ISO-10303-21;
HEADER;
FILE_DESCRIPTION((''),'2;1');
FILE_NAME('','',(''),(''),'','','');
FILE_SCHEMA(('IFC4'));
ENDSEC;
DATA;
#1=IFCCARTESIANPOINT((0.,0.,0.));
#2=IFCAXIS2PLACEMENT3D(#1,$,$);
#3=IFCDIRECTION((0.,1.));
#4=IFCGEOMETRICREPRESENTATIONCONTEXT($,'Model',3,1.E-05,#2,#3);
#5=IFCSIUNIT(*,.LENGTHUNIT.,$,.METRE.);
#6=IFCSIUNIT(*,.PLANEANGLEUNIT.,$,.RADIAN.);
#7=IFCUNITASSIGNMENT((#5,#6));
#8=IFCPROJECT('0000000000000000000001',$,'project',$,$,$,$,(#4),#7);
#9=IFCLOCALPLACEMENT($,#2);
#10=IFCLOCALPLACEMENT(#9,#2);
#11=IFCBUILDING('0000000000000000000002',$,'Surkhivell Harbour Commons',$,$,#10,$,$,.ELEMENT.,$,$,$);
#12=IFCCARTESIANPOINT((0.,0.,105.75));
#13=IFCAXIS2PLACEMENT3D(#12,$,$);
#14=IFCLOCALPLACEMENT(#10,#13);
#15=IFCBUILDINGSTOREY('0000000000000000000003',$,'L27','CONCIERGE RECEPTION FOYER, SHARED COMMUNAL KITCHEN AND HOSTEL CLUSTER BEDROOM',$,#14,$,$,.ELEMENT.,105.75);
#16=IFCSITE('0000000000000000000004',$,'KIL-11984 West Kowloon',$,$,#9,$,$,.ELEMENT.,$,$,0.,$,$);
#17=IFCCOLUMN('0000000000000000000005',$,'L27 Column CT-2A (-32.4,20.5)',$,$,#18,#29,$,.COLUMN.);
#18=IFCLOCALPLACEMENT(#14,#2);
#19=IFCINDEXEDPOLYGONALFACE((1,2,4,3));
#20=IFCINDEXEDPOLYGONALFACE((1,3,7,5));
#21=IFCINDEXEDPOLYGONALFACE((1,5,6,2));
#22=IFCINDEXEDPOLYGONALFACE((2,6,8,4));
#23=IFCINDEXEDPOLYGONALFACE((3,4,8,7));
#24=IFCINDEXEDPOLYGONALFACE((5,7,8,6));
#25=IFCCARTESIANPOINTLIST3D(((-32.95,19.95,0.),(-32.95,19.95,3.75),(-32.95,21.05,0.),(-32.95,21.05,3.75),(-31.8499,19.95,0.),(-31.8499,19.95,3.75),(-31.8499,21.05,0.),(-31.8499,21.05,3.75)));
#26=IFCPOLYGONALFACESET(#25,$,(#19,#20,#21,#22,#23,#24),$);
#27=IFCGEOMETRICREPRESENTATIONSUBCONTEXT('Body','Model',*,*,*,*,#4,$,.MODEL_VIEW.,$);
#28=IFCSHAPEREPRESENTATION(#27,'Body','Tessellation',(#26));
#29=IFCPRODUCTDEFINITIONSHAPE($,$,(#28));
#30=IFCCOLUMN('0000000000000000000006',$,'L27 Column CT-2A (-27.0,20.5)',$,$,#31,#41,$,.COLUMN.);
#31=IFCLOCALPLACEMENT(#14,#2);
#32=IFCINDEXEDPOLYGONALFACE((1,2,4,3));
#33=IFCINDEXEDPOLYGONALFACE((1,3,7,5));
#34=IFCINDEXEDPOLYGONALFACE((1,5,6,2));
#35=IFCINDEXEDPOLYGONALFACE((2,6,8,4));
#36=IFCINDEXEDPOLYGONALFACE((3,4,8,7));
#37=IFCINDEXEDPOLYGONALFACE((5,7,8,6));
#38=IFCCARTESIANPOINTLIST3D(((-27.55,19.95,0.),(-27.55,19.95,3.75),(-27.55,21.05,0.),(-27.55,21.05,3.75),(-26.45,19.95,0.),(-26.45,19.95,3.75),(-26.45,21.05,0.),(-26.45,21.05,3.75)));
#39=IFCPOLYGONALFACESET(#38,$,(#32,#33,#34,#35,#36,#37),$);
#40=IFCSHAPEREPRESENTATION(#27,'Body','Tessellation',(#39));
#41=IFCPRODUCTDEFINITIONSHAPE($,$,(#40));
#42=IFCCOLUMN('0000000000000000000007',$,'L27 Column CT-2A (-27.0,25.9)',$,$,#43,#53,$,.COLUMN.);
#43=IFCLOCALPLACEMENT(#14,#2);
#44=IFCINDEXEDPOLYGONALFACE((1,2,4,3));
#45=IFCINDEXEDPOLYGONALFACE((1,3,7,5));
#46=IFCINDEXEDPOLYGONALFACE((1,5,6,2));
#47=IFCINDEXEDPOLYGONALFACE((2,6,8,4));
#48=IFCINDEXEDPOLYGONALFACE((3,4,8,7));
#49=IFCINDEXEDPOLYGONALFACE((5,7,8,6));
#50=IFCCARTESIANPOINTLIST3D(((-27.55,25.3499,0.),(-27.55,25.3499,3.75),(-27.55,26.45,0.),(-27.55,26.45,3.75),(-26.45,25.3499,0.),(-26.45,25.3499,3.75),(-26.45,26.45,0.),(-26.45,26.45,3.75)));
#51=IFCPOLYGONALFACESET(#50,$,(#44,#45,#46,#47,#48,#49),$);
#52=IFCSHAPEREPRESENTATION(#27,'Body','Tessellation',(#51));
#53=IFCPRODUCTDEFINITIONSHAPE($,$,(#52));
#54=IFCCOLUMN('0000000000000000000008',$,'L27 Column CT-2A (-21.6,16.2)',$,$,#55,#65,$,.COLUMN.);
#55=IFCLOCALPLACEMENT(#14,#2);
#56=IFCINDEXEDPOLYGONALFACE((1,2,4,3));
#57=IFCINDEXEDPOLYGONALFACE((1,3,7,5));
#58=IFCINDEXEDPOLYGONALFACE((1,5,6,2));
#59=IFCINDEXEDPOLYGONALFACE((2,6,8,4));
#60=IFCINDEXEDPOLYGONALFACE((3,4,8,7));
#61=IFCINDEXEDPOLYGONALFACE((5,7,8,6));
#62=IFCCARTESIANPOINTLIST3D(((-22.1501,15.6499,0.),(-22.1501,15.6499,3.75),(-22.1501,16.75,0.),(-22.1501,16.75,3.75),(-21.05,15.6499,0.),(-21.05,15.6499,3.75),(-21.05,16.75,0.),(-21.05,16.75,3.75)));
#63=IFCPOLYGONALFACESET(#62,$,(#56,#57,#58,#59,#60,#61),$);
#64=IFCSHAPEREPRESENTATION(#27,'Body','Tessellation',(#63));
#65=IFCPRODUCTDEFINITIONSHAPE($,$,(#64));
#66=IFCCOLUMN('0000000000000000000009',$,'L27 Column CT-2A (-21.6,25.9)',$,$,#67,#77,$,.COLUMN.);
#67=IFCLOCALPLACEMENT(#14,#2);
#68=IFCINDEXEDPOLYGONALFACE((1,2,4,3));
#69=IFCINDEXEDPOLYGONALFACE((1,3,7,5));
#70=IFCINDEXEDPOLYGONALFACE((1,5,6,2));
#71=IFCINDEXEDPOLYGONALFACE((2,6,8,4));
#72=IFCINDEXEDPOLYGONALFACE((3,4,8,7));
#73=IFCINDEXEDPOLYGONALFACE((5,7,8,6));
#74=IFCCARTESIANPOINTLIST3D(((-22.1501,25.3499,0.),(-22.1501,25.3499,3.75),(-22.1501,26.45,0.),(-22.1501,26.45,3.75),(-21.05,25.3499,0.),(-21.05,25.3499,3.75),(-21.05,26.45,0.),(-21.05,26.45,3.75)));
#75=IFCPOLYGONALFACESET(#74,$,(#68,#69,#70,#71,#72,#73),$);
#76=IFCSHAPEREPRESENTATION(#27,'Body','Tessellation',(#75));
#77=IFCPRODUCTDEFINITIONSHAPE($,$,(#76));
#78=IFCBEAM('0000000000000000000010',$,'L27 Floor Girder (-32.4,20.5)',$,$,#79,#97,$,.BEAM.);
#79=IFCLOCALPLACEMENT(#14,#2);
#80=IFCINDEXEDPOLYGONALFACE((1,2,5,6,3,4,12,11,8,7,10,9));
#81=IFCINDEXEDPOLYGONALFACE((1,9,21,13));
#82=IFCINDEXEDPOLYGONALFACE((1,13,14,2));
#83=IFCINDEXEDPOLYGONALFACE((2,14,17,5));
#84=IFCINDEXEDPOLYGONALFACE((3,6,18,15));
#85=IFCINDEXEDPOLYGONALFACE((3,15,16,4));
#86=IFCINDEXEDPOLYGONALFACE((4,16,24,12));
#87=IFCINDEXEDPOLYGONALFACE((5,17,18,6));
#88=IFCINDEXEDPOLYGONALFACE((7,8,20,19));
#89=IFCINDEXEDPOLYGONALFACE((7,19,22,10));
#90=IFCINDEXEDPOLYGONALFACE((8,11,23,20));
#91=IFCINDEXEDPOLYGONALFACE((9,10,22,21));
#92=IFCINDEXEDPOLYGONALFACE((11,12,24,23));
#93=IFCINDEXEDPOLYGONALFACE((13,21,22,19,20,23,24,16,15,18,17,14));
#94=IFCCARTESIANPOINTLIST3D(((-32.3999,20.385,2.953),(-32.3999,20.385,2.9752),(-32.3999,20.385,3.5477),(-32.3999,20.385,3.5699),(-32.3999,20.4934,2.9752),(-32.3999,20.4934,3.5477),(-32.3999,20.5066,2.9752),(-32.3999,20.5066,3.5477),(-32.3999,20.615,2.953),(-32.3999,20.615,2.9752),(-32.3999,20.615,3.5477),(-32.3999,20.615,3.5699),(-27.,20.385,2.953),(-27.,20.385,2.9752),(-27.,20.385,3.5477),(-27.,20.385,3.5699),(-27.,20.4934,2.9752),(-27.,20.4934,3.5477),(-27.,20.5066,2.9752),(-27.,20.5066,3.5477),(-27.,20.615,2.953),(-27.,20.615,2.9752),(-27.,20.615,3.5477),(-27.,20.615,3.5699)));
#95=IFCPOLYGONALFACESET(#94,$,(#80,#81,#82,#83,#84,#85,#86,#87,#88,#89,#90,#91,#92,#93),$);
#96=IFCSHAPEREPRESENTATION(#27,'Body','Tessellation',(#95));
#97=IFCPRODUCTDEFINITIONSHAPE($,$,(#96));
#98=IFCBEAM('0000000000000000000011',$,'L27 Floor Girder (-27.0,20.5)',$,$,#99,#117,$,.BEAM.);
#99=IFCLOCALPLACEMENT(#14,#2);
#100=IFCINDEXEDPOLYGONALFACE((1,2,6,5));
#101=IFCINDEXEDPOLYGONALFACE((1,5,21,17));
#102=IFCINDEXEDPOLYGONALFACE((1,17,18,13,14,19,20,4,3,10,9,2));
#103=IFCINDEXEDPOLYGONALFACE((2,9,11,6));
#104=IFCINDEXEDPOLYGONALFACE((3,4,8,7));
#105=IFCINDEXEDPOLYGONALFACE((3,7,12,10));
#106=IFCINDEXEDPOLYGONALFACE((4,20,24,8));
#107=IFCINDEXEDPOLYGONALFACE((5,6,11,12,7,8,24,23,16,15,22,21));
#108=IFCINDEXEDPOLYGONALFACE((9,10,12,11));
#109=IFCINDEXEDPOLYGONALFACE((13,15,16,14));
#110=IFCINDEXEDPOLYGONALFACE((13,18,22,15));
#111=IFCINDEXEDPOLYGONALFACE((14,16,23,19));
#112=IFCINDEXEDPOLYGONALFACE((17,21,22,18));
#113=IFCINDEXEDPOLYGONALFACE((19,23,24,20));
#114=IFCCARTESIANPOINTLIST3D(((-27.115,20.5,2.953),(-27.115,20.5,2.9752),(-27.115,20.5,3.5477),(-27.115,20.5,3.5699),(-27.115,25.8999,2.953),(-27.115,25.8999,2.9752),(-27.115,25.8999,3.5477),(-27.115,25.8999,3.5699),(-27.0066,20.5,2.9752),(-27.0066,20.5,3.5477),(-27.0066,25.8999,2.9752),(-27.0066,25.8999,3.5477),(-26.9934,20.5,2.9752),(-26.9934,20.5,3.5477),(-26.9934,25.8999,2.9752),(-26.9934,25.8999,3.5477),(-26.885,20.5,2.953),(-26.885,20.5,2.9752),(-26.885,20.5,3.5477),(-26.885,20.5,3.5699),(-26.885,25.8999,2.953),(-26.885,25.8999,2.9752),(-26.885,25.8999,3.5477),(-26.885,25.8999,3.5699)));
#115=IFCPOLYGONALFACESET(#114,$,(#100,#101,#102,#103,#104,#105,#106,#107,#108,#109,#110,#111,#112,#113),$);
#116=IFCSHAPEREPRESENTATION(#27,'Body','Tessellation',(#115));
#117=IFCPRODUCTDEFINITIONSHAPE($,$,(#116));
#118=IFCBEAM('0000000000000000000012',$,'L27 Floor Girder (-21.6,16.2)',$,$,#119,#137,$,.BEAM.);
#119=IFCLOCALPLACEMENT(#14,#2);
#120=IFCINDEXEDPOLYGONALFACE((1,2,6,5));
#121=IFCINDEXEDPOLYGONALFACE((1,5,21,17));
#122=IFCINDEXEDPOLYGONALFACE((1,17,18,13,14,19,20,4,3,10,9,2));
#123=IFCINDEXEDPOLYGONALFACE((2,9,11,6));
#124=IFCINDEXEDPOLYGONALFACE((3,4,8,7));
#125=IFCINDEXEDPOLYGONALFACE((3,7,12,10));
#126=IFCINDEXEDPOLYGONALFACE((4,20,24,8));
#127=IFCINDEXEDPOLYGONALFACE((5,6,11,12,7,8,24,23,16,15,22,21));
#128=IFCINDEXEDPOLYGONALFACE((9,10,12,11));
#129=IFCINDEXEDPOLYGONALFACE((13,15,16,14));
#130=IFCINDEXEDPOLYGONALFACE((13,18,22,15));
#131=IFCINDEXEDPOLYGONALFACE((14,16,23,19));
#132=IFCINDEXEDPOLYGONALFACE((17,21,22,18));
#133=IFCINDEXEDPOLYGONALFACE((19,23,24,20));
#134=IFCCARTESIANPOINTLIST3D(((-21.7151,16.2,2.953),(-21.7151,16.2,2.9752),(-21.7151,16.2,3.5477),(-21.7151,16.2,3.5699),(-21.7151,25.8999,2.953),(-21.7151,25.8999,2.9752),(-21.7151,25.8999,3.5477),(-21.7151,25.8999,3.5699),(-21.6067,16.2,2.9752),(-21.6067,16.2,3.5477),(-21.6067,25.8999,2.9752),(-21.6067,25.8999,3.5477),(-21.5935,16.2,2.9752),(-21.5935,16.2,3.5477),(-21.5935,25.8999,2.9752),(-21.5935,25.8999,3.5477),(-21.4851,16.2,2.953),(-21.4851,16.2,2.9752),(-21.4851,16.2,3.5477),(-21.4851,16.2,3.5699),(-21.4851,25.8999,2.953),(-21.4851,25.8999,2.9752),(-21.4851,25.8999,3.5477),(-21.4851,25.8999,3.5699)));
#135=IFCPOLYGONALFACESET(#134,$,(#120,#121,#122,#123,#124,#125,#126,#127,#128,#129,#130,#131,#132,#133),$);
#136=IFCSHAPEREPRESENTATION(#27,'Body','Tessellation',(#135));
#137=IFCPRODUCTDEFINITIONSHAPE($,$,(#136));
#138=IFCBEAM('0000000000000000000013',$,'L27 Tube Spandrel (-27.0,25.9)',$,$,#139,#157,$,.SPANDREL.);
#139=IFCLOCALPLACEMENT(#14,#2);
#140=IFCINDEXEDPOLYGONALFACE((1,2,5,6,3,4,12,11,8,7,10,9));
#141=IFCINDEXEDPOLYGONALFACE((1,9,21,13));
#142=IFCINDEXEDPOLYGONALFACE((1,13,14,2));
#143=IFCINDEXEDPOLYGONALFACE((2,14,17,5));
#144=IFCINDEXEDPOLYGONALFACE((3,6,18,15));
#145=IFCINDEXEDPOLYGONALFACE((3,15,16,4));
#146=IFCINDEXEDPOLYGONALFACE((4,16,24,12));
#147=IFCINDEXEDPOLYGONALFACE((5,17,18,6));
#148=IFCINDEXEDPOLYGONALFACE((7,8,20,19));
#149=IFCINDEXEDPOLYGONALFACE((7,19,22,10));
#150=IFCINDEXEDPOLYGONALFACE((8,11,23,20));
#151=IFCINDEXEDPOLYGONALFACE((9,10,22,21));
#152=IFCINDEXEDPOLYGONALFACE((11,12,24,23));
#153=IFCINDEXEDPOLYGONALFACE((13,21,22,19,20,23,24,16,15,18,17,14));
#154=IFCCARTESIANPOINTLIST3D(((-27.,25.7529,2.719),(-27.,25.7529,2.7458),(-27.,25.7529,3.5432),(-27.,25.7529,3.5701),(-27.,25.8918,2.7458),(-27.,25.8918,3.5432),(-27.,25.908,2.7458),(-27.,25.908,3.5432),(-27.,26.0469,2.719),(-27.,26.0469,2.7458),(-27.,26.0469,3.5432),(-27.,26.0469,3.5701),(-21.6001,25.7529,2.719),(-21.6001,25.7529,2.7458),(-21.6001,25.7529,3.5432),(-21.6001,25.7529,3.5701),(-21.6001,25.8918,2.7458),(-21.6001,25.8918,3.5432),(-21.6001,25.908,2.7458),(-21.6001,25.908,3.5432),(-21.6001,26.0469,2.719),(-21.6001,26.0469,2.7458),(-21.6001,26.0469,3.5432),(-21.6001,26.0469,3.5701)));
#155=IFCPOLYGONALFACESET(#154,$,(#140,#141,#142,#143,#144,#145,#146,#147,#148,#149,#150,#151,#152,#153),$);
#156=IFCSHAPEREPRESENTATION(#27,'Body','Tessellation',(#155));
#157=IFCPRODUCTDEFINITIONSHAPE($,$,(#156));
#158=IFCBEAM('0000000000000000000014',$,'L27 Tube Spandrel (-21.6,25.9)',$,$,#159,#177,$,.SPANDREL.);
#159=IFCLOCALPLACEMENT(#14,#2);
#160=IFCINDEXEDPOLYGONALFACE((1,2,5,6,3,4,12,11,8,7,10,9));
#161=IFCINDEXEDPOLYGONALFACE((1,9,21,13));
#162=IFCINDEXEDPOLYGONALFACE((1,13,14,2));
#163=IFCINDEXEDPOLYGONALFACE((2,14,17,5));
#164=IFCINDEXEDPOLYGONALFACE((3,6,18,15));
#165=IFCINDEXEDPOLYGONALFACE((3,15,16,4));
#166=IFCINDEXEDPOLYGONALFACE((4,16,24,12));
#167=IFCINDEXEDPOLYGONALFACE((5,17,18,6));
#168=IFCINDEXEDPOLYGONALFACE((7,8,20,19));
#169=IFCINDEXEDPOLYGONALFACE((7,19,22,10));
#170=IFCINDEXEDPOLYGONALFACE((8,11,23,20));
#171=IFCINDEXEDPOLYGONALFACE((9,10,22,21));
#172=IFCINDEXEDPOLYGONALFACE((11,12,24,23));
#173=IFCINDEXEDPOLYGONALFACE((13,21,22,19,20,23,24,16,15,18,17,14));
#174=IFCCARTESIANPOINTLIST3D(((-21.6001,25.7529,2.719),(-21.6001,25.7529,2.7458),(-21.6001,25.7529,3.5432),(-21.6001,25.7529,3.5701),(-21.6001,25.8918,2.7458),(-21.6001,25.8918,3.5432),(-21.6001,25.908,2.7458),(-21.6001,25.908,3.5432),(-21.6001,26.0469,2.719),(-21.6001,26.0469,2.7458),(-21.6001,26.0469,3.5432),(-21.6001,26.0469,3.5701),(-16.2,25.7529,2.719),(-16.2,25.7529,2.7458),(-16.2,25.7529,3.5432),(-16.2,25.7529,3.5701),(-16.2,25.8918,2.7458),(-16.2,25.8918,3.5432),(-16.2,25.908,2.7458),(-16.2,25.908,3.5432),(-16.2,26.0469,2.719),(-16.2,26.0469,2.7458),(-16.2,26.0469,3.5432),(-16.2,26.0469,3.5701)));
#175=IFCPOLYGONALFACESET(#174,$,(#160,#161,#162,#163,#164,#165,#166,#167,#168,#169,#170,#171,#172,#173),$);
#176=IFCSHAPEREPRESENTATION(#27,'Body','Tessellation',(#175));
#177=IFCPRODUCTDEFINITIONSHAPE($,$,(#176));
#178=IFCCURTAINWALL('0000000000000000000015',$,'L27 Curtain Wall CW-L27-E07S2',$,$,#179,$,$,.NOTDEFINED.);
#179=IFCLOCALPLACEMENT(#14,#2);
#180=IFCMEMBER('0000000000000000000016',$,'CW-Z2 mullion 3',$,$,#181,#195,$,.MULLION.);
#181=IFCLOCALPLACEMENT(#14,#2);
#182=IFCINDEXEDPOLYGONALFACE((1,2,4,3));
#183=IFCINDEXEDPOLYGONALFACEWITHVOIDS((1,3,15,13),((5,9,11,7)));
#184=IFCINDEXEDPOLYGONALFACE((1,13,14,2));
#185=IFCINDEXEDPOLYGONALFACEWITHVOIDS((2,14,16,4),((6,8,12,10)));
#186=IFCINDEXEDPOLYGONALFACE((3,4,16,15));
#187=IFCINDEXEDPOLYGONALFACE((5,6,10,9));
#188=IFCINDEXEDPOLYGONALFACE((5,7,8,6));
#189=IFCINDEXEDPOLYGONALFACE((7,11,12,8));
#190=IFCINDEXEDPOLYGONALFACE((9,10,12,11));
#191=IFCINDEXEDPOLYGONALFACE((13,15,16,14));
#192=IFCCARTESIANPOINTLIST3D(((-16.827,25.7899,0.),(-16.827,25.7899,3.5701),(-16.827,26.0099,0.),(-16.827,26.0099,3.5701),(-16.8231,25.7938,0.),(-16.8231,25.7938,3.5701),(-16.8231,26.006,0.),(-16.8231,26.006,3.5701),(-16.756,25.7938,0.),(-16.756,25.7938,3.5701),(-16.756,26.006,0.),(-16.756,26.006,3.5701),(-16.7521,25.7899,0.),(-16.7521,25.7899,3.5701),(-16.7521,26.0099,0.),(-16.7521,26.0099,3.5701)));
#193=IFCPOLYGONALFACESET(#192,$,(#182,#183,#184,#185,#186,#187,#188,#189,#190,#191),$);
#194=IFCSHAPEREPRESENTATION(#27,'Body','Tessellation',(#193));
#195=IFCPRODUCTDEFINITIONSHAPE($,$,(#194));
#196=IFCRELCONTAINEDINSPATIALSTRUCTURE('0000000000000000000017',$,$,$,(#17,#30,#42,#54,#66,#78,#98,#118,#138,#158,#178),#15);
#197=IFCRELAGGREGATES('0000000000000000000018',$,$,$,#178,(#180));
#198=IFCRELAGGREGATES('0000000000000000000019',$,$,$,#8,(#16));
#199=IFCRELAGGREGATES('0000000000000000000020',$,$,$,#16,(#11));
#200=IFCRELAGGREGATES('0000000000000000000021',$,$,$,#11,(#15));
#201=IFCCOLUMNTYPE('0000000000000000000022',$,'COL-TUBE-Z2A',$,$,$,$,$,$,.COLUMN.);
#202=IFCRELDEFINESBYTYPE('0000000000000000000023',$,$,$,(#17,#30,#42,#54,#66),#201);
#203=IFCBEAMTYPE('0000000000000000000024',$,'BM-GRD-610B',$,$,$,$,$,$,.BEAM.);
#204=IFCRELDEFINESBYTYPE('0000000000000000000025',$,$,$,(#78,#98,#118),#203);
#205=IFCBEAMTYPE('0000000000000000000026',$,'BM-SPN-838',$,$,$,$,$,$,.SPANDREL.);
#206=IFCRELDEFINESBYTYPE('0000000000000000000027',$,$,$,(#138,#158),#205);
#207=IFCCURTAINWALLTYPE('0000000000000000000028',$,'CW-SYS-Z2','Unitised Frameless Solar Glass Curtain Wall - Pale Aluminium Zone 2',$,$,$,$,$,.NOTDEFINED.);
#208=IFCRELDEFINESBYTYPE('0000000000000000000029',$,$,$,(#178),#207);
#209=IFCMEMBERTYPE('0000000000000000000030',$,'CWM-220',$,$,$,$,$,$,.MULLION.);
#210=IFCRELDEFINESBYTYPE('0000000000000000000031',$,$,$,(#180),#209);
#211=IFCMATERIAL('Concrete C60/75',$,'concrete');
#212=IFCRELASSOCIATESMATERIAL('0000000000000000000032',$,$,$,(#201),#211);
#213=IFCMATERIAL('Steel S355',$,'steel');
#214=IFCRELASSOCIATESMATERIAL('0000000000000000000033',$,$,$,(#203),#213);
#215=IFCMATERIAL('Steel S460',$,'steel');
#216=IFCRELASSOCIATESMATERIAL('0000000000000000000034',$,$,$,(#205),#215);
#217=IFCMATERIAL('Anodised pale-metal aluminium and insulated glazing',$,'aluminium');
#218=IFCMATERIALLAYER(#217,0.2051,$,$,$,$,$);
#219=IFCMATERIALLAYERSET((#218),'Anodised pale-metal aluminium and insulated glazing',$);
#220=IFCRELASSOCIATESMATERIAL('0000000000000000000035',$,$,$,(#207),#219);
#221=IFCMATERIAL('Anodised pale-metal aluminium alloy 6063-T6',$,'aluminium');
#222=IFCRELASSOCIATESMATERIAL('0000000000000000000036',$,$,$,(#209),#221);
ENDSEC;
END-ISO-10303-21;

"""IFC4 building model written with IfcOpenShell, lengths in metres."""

from ifc_helpers import new_model, si_unit, direction, frame, origin, origin_2d, place, context, subcontext, project, spatial, rectangle, hollow_rectangle, i_section, extrude, material, layer, layer_set, material_profile, profile_set, type_object, element, aggregate, save


model = new_model("IFC4")

# Units and contexts
model_context = context("Model", 3, precision=1e-05, world=origin(), true_north=direction((0.0, 1.0)))
body_context = subcontext(model_context, "Body", "Model", "MODEL_VIEW")
ifc_project = project(units=[si_unit("LENGTHUNIT", "METRE"), si_unit("PLANEANGLEUNIT", "RADIAN")], contexts=[model_context])

# Site, building, storey
site_placement = place(None, origin())
site = spatial("IfcSite", under=ifc_project, at=site_placement, Name="KIL-11984 West Kowloon", CompositionType="ELEMENT", RefElevation=0.0)
building_placement = place(site_placement, origin())
building = spatial("IfcBuilding", under=site, at=building_placement, Name="Surkhivell Harbour Commons", CompositionType="ELEMENT")
storey_placement = place(building_placement, frame((0.0, 0.0, 105.75)))
storey = spatial("IfcBuildingStorey", under=building, at=storey_placement, Name="L27", Description="CONCIERGE RECEPTION FOYER, SHARED COMMUNAL KITCHEN AND HOSTEL CLUSTER BEDROOM", CompositionType="ELEMENT", Elevation=105.75)

# Columns
ifc_material_1 = material(Name="Concrete C60/75", Category="concrete")
ifc_material_profile_1 = material_profile(ifc_material_1, rectangle(XDim=1.1001, YDim=1.1001, at=origin_2d()), Name="RC-COL-1100x1100")
ifc_profile_set_1 = profile_set([ifc_material_profile_1], Name="Concrete C60/75")
column_type = type_object("IfcColumnType", Name="COL-TUBE-Z2A", PredefinedType="COLUMN", material=ifc_profile_set_1)
for number, where, z_axis, x_axis, name in (
    (1, (-32.3999, 20.5, 0.0), (0.0, 0.0, 1.0), (1.0, 0.0, 0.0), "L27 Column CT-2A (-32.4,20.5)"),
    (2, (-27.0, 20.5, 0.0), (0.0, 0.0, 1.0), (1.0, 0.0, 0.0), "L27 Column CT-2A (-27.0,20.5)"),
    (3, (-27.0, 25.8999, 0.0), (0.0, 0.0, 1.0), (1.0, 0.0, 0.0), "L27 Column CT-2A (-27.0,25.9)"),
    (4, (-21.6001, 16.2, 0.0), (0.0, 0.0, 1.0), (1.0, 0.0, 0.0), "L27 Column CT-2A (-21.6,16.2)"),
    (5, (-21.6001, 25.8999, 0.0), (0.0, 0.0, 1.0), (1.0, 0.0, 0.0), "L27 Column CT-2A (-21.6,25.9)"),
):
    element("IfcColumn", number, at=place(storey_placement, frame(where, z_axis=z_axis, x_axis=x_axis)), inside=storey, type_object=column_type, Name=name, PredefinedType="COLUMN", context=body_context, shape_type="SweptSolid", body=[
        extrude(rectangle(XDim=1.1001, YDim=1.1001, at=origin_2d()), origin(), (0.0, 0.0, 1.0), 3.75),
    ])

# Beams
ifc_material_2 = material(Name="Steel S355", Category="steel")
ifc_material_profile_2 = material_profile(ifc_material_2, i_section(OverallWidth=0.23, OverallDepth=0.6169, WebThickness=0.0132, FlangeThickness=0.0222, at=origin_2d()), Name="UB610x229x140")
ifc_profile_set_2 = profile_set([ifc_material_profile_2], Name="Steel S355")
beam_type_1 = type_object("IfcBeamType", Name="BM-GRD-610B", PredefinedType="BEAM", material=ifc_profile_set_2)
for number, where, z_axis, x_axis, name in (
    (6, (-32.3999, 20.5, 3.2615), (1.0, 0.0, 0.0), (0.0, 1.0, 0.0), "L27 Floor Girder (-32.4,20.5)"),
    (7, (-27.0, 20.5, 3.2615), (0.0, 1.0, 0.0), (-1.0, 0.0, 0.0), "L27 Floor Girder (-27.0,20.5)"),
):
    element("IfcBeam", number, at=place(storey_placement, frame(where, z_axis=z_axis, x_axis=x_axis)), inside=storey, type_object=beam_type_1, Name=name, PredefinedType="BEAM", context=body_context, shape_type="SweptSolid", body=[
        extrude(i_section(OverallWidth=0.23, OverallDepth=0.6169, WebThickness=0.0132, FlangeThickness=0.0222, at=origin_2d()), origin(), (0.0, 0.0, 1.0), 5.3999),
    ])
beam_1_placement = place(storey_placement, frame((-21.6001, 16.2, 3.2615), z_axis=(0.0, 1.0, 0.0), x_axis=(-1.0, 0.0, 0.0)))
element("IfcBeam", 8, at=beam_1_placement, inside=storey, type_object=beam_type_1, Name="L27 Floor Girder (-21.6,16.2)", PredefinedType="BEAM", context=body_context, shape_type="SweptSolid", body=[
    extrude(i_section(OverallWidth=0.23, OverallDepth=0.6169, WebThickness=0.0132, FlangeThickness=0.0222, at=origin_2d()), origin(), (0.0, 0.0, 1.0), 9.7),
])
ifc_material_3 = material(Name="Steel S460", Category="steel")
ifc_material_profile_3 = material_profile(ifc_material_3, i_section(OverallWidth=0.2939, OverallDepth=0.8511, WebThickness=0.0161, FlangeThickness=0.0269, at=origin_2d()), Name="UB838x292x226")
ifc_profile_set_3 = profile_set([ifc_material_profile_3], Name="Steel S460")
beam_type_2 = type_object("IfcBeamType", Name="BM-SPN-838", PredefinedType="SPANDREL", material=ifc_profile_set_3)
beam_2_placement = place(storey_placement, frame((-27.0, 25.8999, 3.1445), z_axis=(1.0, 0.0, 0.0), x_axis=(0.0, 1.0, 0.0)))
element("IfcBeam", 9, at=beam_2_placement, inside=storey, type_object=beam_type_2, Name="L27 Tube Spandrel (-27.0,25.9)", PredefinedType="SPANDREL", context=body_context, shape_type="SweptSolid", body=[
    extrude(i_section(OverallWidth=0.2939, OverallDepth=0.8511, WebThickness=0.0161, FlangeThickness=0.0269, at=origin_2d()), origin(), (0.0, 0.0, 1.0), 5.3999),
])
beam_3_placement = place(storey_placement, frame((-21.6001, 25.8999, 3.1445), z_axis=(1.0, 0.0, 0.0), x_axis=(0.0, 1.0, 0.0)))
element("IfcBeam", 10, at=beam_3_placement, inside=storey, type_object=beam_type_2, Name="L27 Tube Spandrel (-21.6,25.9)", PredefinedType="SPANDREL", context=body_context, shape_type="SweptSolid", body=[
    extrude(i_section(OverallWidth=0.2939, OverallDepth=0.8511, WebThickness=0.0161, FlangeThickness=0.0269, at=origin_2d()), origin(), (0.0, 0.0, 1.0), 5.4001),
])

# Curtain wall, member
ifc_material_4 = material(Name="Anodised pale-metal aluminium and insulated glazing", Category="aluminium")
ifc_layer_1 = layer(ifc_material_4, 0.2051)
ifc_layer_set_1 = layer_set([ifc_layer_1], Name="Anodised pale-metal aluminium and insulated glazing")
curtain_wall_type = type_object("IfcCurtainWallType", Name="CW-SYS-Z2", Description="Unitised Frameless Solar Glass Curtain Wall - Pale Aluminium Zone 2", PredefinedType="NOTDEFINED", material=ifc_layer_set_1)
curtain_wall_1_placement = place(storey_placement, origin())
curtain_wall_1 = element("IfcCurtainWall", 11, at=curtain_wall_1_placement, inside=storey, type_object=curtain_wall_type, Name="L27 Curtain Wall CW-L27-E07S2", PredefinedType="NOTDEFINED")
ifc_material_5 = material(Name="Anodised pale-metal aluminium alloy 6063-T6", Category="aluminium")
ifc_material_profile_4 = material_profile(ifc_material_5, hollow_rectangle(XDim=0.075, YDim=0.22, WallThickness=0.0039, at=origin_2d()), Name="ALU-MULL-75x220")
ifc_profile_set_4 = profile_set([ifc_material_profile_4], Name="Anodised pale-metal aluminium alloy 6063-T6")
member_type_1 = type_object("IfcMemberType", Name="CWM-220", PredefinedType="MULLION", material=ifc_profile_set_4)
member_1_placement = place(storey_placement, frame((-16.7896, 25.8999, 0.0), z_axis=(0.0, 0.0, 1.0), x_axis=(-1.0, 0.0, 0.0)))
member_1 = element("IfcMember", 12, at=member_1_placement, type_object=member_type_1, Name="CW-Z2 mullion 3", PredefinedType="MULLION", context=body_context, shape_type="SweptSolid", body=[
    extrude(hollow_rectangle(XDim=0.075, YDim=0.22, WallThickness=0.0039, at=origin_2d()), origin(), (0.0, 0.0, 1.0), 3.5701),
])

aggregate(curtain_wall_1, [member_1])

save(model, "model.ifc")
